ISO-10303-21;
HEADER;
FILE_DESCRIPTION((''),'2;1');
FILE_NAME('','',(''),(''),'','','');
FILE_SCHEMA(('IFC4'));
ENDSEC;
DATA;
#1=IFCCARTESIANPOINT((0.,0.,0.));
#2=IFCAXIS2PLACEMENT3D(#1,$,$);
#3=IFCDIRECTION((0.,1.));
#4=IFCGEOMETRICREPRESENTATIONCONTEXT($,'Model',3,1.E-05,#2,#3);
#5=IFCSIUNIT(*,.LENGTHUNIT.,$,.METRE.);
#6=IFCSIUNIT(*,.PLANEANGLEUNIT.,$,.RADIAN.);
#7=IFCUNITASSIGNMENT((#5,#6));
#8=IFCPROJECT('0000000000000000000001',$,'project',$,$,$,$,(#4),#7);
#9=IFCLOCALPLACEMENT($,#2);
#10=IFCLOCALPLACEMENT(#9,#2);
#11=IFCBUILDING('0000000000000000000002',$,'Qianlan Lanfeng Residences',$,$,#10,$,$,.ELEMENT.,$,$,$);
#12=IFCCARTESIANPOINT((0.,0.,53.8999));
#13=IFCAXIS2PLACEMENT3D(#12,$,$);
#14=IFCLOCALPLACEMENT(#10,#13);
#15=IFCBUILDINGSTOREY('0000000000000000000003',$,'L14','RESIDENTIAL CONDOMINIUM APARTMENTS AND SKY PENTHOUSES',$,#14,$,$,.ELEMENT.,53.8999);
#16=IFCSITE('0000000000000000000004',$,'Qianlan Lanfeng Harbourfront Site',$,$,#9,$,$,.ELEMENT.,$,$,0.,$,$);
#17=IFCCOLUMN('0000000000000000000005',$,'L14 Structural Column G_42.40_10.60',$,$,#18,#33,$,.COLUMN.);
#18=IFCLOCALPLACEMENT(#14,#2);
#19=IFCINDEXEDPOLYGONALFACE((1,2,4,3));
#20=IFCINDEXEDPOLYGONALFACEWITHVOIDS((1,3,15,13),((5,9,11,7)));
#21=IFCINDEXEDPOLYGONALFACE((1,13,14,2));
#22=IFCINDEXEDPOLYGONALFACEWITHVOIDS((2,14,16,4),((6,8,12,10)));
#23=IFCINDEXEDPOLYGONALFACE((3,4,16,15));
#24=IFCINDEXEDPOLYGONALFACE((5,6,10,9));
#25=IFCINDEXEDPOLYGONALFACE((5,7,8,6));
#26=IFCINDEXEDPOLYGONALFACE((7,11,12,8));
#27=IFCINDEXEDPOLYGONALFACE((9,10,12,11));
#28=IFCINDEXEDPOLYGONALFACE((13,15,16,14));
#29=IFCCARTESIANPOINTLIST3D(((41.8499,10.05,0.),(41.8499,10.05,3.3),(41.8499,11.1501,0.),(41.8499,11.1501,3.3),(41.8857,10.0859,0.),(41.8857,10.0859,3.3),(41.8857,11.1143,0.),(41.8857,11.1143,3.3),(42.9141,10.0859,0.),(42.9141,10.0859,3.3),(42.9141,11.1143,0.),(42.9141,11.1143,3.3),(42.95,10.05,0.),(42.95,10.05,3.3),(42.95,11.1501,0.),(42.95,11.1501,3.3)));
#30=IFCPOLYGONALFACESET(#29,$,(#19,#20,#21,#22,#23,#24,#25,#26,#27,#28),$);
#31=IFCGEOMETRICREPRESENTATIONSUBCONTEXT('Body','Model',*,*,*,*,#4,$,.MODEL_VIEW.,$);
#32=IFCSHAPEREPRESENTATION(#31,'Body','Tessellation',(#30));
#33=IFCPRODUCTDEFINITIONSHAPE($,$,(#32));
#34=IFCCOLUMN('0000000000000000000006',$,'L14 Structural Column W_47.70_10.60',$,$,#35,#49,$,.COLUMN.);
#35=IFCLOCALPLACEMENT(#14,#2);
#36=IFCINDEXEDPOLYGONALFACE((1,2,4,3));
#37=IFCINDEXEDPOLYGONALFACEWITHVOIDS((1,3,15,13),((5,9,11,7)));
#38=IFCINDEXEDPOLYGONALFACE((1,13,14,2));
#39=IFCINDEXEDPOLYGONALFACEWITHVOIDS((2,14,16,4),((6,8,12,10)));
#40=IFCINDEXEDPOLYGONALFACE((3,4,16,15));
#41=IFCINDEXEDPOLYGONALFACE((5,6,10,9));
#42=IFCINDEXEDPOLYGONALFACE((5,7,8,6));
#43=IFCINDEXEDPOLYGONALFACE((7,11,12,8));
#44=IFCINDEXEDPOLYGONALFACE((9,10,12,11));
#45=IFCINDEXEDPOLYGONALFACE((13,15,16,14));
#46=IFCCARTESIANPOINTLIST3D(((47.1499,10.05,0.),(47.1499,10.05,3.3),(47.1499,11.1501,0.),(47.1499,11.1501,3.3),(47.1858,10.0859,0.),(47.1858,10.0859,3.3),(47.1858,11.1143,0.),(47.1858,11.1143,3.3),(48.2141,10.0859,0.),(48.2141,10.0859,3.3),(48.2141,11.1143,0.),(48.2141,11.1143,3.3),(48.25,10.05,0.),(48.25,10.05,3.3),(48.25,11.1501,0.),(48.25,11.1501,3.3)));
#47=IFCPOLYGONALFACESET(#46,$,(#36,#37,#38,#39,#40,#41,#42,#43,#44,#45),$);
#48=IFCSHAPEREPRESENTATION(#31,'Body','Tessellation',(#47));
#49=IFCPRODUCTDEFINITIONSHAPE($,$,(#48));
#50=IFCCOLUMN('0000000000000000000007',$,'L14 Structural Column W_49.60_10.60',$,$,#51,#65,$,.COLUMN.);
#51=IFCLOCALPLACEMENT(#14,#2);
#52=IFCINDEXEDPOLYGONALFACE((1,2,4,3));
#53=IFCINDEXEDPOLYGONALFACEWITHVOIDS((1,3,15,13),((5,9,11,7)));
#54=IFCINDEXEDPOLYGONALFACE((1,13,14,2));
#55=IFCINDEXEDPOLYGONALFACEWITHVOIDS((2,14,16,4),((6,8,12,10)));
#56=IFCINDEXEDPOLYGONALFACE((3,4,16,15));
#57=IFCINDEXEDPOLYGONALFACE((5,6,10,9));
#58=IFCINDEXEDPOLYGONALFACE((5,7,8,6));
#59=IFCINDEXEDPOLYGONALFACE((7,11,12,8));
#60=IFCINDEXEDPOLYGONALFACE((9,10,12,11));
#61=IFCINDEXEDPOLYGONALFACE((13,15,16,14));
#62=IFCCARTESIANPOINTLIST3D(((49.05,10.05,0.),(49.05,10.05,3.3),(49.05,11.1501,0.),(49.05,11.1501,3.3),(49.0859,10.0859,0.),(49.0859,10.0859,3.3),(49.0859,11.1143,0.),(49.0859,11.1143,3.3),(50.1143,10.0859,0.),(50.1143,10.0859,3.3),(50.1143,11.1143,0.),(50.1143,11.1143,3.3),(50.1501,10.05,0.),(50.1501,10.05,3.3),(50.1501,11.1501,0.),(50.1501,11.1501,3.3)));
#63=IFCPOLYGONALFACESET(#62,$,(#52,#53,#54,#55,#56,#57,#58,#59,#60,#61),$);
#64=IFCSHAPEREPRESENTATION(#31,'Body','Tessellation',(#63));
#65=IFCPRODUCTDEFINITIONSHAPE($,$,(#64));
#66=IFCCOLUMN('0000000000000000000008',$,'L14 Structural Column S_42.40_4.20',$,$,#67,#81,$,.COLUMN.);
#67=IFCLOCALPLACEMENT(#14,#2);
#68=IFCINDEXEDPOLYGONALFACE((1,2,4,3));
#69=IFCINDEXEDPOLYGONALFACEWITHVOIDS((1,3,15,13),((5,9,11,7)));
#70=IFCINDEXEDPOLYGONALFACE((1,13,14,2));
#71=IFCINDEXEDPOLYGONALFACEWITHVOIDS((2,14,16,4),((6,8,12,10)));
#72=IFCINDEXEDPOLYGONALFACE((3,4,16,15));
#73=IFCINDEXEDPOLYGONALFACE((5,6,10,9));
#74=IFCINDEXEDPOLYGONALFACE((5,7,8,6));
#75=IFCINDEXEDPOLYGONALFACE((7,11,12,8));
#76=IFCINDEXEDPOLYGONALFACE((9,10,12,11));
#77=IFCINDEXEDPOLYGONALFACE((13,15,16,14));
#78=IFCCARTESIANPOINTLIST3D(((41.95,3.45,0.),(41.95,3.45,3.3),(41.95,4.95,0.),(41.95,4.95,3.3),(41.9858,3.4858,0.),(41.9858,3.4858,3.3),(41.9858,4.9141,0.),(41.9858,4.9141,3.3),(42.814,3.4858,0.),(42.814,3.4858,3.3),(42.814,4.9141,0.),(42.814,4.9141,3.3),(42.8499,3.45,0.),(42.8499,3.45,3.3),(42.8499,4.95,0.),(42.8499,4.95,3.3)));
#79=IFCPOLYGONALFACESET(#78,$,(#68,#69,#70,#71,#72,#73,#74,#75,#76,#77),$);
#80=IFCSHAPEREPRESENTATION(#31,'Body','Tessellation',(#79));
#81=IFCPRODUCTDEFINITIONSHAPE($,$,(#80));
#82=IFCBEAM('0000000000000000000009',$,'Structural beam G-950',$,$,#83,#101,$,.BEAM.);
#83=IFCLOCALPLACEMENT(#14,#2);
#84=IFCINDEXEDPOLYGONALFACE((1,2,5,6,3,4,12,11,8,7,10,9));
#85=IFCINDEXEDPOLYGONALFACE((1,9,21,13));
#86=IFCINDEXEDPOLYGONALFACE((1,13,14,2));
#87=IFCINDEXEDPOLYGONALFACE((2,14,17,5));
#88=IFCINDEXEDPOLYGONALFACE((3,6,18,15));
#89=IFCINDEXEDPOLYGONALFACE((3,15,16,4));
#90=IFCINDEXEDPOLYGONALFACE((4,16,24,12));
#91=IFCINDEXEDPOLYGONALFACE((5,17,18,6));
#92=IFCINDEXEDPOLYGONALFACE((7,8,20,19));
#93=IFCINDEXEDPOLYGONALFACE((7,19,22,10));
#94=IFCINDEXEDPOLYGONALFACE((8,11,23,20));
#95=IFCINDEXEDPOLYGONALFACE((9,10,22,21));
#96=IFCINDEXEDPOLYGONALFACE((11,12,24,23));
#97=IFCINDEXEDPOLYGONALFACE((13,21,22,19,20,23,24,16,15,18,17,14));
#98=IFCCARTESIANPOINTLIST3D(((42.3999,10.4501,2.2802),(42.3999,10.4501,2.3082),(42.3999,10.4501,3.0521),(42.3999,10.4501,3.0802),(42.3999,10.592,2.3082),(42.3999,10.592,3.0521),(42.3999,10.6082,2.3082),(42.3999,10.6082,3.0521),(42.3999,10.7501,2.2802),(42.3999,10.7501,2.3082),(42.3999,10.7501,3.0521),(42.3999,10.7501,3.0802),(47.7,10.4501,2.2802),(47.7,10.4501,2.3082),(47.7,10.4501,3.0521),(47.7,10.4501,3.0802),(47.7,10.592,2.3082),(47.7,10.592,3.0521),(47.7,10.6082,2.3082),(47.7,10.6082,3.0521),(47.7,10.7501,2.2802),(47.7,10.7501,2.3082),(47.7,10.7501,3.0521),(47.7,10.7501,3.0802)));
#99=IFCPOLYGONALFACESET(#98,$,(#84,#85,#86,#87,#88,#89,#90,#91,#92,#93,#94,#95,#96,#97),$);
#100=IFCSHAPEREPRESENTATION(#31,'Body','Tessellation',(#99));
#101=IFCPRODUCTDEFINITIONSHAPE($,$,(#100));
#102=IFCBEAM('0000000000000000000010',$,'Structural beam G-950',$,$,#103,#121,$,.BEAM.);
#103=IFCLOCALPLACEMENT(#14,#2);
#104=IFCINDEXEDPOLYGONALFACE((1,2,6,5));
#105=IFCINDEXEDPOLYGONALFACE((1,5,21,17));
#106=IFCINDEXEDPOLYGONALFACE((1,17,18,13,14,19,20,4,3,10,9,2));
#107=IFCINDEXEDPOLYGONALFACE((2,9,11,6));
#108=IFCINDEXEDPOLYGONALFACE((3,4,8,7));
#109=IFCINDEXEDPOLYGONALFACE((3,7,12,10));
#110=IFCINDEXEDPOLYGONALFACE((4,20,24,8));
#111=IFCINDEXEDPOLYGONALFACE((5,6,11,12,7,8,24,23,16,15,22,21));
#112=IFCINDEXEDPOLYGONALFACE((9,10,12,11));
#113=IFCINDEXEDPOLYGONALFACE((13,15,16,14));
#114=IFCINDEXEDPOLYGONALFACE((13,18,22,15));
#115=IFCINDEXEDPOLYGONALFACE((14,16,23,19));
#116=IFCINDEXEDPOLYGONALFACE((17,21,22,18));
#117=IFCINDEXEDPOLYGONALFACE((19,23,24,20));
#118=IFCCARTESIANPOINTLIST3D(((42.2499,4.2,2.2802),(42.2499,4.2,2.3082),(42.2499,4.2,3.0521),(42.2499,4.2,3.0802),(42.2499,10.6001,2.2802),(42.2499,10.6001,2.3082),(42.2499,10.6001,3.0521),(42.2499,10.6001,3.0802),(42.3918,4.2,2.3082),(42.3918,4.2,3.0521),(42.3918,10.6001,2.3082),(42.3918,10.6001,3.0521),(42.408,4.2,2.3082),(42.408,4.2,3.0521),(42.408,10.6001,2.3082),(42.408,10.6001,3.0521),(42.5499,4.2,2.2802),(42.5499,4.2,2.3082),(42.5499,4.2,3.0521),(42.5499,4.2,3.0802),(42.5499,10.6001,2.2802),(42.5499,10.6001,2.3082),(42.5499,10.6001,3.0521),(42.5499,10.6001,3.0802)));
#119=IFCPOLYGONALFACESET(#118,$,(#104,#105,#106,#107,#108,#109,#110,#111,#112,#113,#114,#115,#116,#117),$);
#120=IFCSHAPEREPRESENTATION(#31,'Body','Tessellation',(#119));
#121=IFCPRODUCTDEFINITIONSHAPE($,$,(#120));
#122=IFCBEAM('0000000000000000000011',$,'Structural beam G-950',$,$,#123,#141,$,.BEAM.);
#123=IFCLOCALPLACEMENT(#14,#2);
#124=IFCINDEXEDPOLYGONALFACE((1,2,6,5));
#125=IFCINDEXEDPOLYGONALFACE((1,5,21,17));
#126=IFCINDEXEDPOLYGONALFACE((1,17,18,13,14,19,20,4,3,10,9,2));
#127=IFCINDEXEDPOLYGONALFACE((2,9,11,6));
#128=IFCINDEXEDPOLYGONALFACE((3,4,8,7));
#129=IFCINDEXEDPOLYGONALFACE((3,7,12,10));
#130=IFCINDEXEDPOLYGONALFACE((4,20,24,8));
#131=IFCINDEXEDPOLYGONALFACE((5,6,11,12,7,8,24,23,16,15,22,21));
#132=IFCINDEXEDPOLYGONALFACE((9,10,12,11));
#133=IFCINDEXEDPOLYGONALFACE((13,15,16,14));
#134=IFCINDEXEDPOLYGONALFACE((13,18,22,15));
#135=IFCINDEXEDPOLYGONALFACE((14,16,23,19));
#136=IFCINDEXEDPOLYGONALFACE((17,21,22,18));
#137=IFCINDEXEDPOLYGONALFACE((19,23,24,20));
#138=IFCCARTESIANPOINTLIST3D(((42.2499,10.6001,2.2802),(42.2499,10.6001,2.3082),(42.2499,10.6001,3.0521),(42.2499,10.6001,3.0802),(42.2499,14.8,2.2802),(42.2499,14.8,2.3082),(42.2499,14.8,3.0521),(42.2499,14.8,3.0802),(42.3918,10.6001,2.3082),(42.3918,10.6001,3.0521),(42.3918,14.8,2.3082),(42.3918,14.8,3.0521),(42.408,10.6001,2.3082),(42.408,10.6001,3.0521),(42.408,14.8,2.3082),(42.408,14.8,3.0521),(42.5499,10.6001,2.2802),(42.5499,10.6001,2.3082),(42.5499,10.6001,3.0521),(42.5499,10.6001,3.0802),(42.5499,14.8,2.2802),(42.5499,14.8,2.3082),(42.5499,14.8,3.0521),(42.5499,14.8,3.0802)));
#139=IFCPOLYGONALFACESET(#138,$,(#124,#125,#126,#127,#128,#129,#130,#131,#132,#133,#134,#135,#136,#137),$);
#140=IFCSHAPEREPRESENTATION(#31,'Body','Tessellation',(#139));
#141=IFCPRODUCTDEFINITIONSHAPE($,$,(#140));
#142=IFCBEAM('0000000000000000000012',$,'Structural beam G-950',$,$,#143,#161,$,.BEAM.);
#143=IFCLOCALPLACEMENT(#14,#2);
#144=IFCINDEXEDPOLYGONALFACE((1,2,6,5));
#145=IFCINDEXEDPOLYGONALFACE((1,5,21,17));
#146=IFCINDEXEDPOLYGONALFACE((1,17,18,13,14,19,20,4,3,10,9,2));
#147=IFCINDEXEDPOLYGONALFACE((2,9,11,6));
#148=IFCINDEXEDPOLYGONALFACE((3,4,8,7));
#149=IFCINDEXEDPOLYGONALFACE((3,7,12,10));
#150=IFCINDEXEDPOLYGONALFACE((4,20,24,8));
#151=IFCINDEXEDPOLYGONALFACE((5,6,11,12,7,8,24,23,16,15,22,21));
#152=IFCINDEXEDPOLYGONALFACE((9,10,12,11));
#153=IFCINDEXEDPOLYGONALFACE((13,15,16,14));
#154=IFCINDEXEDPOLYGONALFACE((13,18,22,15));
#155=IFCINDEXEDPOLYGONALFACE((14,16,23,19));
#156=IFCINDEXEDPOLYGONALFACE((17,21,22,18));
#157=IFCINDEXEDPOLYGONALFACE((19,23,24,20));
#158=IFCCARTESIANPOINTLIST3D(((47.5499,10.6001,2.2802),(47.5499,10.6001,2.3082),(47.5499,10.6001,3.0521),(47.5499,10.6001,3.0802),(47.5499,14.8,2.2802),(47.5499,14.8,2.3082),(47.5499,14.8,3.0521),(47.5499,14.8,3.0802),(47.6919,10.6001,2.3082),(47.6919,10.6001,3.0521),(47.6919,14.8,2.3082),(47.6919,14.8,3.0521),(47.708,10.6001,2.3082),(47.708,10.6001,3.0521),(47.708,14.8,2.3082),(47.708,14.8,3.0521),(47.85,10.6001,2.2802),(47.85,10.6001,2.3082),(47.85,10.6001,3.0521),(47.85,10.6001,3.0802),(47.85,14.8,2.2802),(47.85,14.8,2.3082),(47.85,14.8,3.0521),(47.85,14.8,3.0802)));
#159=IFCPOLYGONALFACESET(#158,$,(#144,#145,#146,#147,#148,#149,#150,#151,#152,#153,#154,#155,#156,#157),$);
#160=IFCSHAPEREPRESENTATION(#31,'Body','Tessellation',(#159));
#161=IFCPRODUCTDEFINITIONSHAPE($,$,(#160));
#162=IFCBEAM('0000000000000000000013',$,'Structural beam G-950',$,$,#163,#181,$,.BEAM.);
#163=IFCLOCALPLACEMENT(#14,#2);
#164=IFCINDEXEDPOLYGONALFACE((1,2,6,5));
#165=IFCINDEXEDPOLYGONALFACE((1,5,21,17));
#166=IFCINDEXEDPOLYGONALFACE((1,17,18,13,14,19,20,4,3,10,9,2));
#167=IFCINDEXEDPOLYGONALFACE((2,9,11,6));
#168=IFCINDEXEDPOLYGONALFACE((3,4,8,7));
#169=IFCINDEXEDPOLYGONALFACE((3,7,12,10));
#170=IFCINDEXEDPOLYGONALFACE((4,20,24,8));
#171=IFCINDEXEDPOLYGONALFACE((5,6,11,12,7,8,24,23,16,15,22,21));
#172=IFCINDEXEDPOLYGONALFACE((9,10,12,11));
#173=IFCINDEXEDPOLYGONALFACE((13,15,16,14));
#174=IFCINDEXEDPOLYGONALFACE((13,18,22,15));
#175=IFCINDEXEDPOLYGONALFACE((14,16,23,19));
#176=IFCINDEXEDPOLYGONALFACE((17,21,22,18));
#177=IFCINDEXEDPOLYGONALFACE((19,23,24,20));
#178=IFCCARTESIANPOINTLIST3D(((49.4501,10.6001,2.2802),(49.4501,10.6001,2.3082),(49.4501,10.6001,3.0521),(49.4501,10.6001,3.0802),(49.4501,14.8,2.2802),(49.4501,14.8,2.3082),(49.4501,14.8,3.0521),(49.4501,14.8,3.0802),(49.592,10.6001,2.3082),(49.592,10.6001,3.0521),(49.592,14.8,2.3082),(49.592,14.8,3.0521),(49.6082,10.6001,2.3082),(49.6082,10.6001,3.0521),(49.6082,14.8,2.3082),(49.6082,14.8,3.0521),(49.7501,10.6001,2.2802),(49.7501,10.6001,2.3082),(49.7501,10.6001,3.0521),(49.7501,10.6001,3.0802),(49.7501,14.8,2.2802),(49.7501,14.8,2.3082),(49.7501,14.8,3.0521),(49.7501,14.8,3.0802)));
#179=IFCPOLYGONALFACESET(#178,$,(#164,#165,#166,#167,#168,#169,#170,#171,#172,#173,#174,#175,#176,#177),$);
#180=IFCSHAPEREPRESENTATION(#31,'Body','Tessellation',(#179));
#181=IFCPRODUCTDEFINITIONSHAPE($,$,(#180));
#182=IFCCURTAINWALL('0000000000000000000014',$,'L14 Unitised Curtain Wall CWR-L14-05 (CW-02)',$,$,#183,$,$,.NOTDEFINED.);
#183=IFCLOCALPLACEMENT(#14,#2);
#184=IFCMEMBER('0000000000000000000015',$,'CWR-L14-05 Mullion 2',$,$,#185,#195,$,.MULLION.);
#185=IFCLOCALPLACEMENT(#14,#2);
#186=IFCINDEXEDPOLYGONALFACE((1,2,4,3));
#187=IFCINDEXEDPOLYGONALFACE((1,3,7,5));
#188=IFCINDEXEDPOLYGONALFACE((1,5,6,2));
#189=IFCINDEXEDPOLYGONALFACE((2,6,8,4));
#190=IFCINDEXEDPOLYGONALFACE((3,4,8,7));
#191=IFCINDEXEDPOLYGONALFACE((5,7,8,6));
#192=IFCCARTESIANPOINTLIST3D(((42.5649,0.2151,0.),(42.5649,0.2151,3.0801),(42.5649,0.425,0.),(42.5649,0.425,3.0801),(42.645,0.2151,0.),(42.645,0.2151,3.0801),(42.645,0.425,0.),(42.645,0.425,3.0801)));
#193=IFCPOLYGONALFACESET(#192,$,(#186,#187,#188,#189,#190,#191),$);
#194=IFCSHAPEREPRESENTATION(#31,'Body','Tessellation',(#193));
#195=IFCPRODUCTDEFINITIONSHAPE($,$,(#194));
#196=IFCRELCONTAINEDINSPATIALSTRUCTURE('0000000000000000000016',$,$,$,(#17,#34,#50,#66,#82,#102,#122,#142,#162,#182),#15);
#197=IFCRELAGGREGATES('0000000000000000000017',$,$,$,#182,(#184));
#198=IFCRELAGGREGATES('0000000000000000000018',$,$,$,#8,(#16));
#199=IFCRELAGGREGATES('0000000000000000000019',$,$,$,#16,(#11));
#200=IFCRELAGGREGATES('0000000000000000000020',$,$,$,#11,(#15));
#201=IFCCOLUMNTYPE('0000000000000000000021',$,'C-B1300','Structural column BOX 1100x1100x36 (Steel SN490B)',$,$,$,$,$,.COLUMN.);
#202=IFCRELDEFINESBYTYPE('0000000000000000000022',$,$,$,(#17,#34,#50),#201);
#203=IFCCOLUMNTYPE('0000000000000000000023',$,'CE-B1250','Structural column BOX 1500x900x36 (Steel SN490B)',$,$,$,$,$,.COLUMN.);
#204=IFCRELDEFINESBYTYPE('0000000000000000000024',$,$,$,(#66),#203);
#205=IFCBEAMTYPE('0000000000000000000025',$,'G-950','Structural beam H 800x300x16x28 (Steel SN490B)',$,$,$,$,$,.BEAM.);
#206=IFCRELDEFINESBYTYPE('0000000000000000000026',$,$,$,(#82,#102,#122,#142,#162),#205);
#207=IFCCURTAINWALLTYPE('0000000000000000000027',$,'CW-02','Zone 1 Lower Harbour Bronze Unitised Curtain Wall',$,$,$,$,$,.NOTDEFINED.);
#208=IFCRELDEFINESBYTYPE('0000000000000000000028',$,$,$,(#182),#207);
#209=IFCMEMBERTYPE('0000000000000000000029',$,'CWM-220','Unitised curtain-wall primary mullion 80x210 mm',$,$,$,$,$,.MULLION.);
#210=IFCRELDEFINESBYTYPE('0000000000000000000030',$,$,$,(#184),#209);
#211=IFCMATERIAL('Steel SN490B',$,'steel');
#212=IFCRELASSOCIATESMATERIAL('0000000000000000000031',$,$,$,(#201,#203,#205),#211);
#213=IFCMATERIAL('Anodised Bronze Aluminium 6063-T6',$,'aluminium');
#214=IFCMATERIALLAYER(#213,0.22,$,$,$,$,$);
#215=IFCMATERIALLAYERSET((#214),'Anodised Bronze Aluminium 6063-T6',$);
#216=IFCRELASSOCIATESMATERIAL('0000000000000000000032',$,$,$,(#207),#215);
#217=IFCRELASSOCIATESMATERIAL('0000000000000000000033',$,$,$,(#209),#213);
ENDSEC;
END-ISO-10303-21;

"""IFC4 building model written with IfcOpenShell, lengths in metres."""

from ifc_helpers import new_model, si_unit, direction, frame, origin, origin_2d, place, context, subcontext, project, spatial, rectangle, hollow_rectangle, i_section, extrude, source, transform, mapped, material, layer, layer_set, material_profile, profile_set, type_object, element, aggregate, save


model = new_model("IFC4")

# Units and contexts
model_context = context("Model", 3, precision=1e-05, world=origin(), true_north=direction((0.0, 1.0)))
body_context = subcontext(model_context, "Body", "Model", "MODEL_VIEW")
ifc_project = project(units=[si_unit("LENGTHUNIT", "METRE"), si_unit("PLANEANGLEUNIT", "RADIAN")], contexts=[model_context])

# Site, building, storey
site_placement = place(None, origin())
site = spatial("IfcSite", under=ifc_project, at=site_placement, Name="Qianlan Lanfeng Harbourfront Site", CompositionType="ELEMENT", RefElevation=0.0)
building_placement = place(site_placement, origin())
building = spatial("IfcBuilding", under=site, at=building_placement, Name="Qianlan Lanfeng Residences", CompositionType="ELEMENT")
storey_placement = place(building_placement, frame((0.0, 0.0, 53.8999)))
storey = spatial("IfcBuildingStorey", under=building, at=storey_placement, Name="L14", Description="RESIDENTIAL CONDOMINIUM APARTMENTS AND SKY PENTHOUSES", CompositionType="ELEMENT", Elevation=53.8999)

# Columns
ifc_material_1 = material(Name="Steel SN490B", Category="steel")
ifc_material_profile_1 = material_profile(ifc_material_1, hollow_rectangle(XDim=1.1001, YDim=1.1001, WallThickness=0.0359, at=origin_2d()), Name="BOX 1100x1100x36")
ifc_profile_set_1 = profile_set([ifc_material_profile_1], Name="Steel SN490B")
column_type_1 = type_object("IfcColumnType", Name="C-B1300", Description="Structural column BOX 1100x1100x36 (Steel SN490B)", PredefinedType="COLUMN", material=ifc_profile_set_1)
for number, where, z_axis, x_axis, name in (
    (1, (42.3999, 10.6001, 0.0), (0.0, 0.0, 1.0), (1.0, 0.0, 0.0), "L14 Structural Column G_42.40_10.60"),
    (2, (47.7, 10.6001, 0.0), (0.0, 0.0, 1.0), (1.0, 0.0, 0.0), "L14 Structural Column W_47.70_10.60"),
    (3, (49.6001, 10.6001, 0.0), (0.0, 0.0, 1.0), (1.0, 0.0, 0.0), "L14 Structural Column W_49.60_10.60"),
):
    element("IfcColumn", number, at=place(storey_placement, frame(where, z_axis=z_axis, x_axis=x_axis)), inside=storey, type_object=column_type_1, Name=name, PredefinedType="COLUMN", context=body_context, shape_type="SweptSolid", body=[
        extrude(hollow_rectangle(XDim=1.1001, YDim=1.1001, WallThickness=0.0359, at=origin_2d()), origin(), (0.0, 0.0, 1.0), 3.3),
    ])
ifc_material_profile_2 = material_profile(ifc_material_1, hollow_rectangle(XDim=0.8999, YDim=1.5, WallThickness=0.0359, at=origin_2d()), Name="BOX 1500x900x36")
ifc_profile_set_2 = profile_set([ifc_material_profile_2], Name="Steel SN490B")
column_type_2 = type_object("IfcColumnType", Name="CE-B1250", Description="Structural column BOX 1500x900x36 (Steel SN490B)", PredefinedType="COLUMN", material=ifc_profile_set_2)
column_placement = place(storey_placement, frame((42.3999, 4.2, 0.0), z_axis=(0.0, 0.0, 1.0), x_axis=(1.0, 0.0, 0.0)))
element("IfcColumn", 4, at=column_placement, inside=storey, type_object=column_type_2, Name="L14 Structural Column S_42.40_4.20", PredefinedType="COLUMN", context=body_context, shape_type="SweptSolid", body=[
    extrude(hollow_rectangle(XDim=0.8999, YDim=1.5, WallThickness=0.0359, at=origin_2d()), origin(), (0.0, 0.0, 1.0), 3.3),
])

# Beams
ifc_material_profile_3 = material_profile(ifc_material_1, i_section(OverallWidth=0.3, OverallDepth=0.8, WebThickness=0.0161, FlangeThickness=0.0281, at=origin_2d()), Name="H 800x300x16x28")
ifc_profile_set_3 = profile_set([ifc_material_profile_3], Name="Steel SN490B")
beam_type = type_object("IfcBeamType", Name="G-950", Description="Structural beam H 800x300x16x28 (Steel SN490B)", PredefinedType="BEAM", material=ifc_profile_set_3)
beam_1_placement = place(storey_placement, frame((42.3999, 10.6001, 2.6802), z_axis=(1.0, 0.0, 0.0), x_axis=(0.0, 1.0, 0.0)))
element("IfcBeam", 5, at=beam_1_placement, inside=storey, type_object=beam_type, Name="Structural beam G-950", PredefinedType="BEAM", context=body_context, shape_type="SweptSolid", body=[
    extrude(i_section(OverallWidth=0.3, OverallDepth=0.8, WebThickness=0.0161, FlangeThickness=0.0281, at=origin_2d()), origin(), (0.0, 0.0, 1.0), 5.3),
])
beam_2_placement = place(storey_placement, frame((42.3999, 4.2, 2.6802), z_axis=(0.0, 1.0, 0.0), x_axis=(-1.0, 0.0, 0.0)))
element("IfcBeam", 6, at=beam_2_placement, inside=storey, type_object=beam_type, Name="Structural beam G-950", PredefinedType="BEAM", context=body_context, shape_type="SweptSolid", body=[
    extrude(i_section(OverallWidth=0.3, OverallDepth=0.8, WebThickness=0.0161, FlangeThickness=0.0281, at=origin_2d()), origin(), (0.0, 0.0, 1.0), 6.4001),
])
for number, where, z_axis, x_axis, name in (
    (7, (42.3999, 10.6001, 2.6802), (0.0, 1.0, 0.0), (-1.0, 0.0, 0.0), "Structural beam G-950"),
    (8, (47.7, 10.6001, 2.6802), (0.0, 1.0, 0.0), (-1.0, 0.0, 0.0), "Structural beam G-950"),
    (9, (49.6001, 10.6001, 2.6802), (0.0, 1.0, 0.0), (-1.0, 0.0, 0.0), "Structural beam G-950"),
):
    element("IfcBeam", number, at=place(storey_placement, frame(where, z_axis=z_axis, x_axis=x_axis)), inside=storey, type_object=beam_type, Name=name, PredefinedType="BEAM", context=body_context, shape_type="SweptSolid", body=[
        extrude(i_section(OverallWidth=0.3, OverallDepth=0.8, WebThickness=0.0161, FlangeThickness=0.0281, at=origin_2d()), origin(), (0.0, 0.0, 1.0), 4.2),
    ])

# Curtain wall, member
ifc_material_2 = material(Name="Anodised Bronze Aluminium 6063-T6", Category="aluminium")
ifc_layer_1 = layer(ifc_material_2, 0.22)
ifc_layer_set_1 = layer_set([ifc_layer_1], Name="Anodised Bronze Aluminium 6063-T6")
curtain_wall_type = type_object("IfcCurtainWallType", Name="CW-02", Description="Zone 1 Lower Harbour Bronze Unitised Curtain Wall", PredefinedType="NOTDEFINED", material=ifc_layer_set_1)
curtain_wall_placement = place(storey_placement, origin())
curtain_wall = element("IfcCurtainWall", 10, at=curtain_wall_placement, inside=storey, type_object=curtain_wall_type, Name="L14 Unitised Curtain Wall CWR-L14-05 (CW-02)", PredefinedType="NOTDEFINED")
ifc_material_profile_4 = material_profile(ifc_material_2, rectangle(XDim=0.0801, YDim=0.21, at=origin_2d()), Name="ALU MULLION 80x210")
ifc_profile_set_4 = profile_set([ifc_material_profile_4], Name="Anodised Bronze Aluminium 6063-T6")
member_type_1 = type_object("IfcMemberType", Name="CWM-220", Description="Unitised curtain-wall primary mullion 80x210 mm", PredefinedType="MULLION", material=ifc_profile_set_4)
shared_shape_1 = source(origin(), body_context, "Body", "SweptSolid", [
    extrude(rectangle(XDim=0.0801, YDim=0.21, at=origin_2d()), origin(), (0.0, 0.0, 1.0), 3.0801),
])
member_1_placement = place(storey_placement, frame((42.605, 0.3201, 0.0), z_axis=(0.0, 0.0, 1.0), x_axis=(1.0, 0.0, 0.0)))
member_1 = element("IfcMember", 11, at=member_1_placement, type_object=member_type_1, Name="CWR-L14-05 Mullion 2", PredefinedType="MULLION", context=body_context, shape_type="MappedRepresentation", body=[
    mapped(shared_shape_1, transform((0.0, 0.0, 0.0), scale=1.0)),
])
aggregate(curtain_wall, [member_1])

save(model, "model.ifc")
